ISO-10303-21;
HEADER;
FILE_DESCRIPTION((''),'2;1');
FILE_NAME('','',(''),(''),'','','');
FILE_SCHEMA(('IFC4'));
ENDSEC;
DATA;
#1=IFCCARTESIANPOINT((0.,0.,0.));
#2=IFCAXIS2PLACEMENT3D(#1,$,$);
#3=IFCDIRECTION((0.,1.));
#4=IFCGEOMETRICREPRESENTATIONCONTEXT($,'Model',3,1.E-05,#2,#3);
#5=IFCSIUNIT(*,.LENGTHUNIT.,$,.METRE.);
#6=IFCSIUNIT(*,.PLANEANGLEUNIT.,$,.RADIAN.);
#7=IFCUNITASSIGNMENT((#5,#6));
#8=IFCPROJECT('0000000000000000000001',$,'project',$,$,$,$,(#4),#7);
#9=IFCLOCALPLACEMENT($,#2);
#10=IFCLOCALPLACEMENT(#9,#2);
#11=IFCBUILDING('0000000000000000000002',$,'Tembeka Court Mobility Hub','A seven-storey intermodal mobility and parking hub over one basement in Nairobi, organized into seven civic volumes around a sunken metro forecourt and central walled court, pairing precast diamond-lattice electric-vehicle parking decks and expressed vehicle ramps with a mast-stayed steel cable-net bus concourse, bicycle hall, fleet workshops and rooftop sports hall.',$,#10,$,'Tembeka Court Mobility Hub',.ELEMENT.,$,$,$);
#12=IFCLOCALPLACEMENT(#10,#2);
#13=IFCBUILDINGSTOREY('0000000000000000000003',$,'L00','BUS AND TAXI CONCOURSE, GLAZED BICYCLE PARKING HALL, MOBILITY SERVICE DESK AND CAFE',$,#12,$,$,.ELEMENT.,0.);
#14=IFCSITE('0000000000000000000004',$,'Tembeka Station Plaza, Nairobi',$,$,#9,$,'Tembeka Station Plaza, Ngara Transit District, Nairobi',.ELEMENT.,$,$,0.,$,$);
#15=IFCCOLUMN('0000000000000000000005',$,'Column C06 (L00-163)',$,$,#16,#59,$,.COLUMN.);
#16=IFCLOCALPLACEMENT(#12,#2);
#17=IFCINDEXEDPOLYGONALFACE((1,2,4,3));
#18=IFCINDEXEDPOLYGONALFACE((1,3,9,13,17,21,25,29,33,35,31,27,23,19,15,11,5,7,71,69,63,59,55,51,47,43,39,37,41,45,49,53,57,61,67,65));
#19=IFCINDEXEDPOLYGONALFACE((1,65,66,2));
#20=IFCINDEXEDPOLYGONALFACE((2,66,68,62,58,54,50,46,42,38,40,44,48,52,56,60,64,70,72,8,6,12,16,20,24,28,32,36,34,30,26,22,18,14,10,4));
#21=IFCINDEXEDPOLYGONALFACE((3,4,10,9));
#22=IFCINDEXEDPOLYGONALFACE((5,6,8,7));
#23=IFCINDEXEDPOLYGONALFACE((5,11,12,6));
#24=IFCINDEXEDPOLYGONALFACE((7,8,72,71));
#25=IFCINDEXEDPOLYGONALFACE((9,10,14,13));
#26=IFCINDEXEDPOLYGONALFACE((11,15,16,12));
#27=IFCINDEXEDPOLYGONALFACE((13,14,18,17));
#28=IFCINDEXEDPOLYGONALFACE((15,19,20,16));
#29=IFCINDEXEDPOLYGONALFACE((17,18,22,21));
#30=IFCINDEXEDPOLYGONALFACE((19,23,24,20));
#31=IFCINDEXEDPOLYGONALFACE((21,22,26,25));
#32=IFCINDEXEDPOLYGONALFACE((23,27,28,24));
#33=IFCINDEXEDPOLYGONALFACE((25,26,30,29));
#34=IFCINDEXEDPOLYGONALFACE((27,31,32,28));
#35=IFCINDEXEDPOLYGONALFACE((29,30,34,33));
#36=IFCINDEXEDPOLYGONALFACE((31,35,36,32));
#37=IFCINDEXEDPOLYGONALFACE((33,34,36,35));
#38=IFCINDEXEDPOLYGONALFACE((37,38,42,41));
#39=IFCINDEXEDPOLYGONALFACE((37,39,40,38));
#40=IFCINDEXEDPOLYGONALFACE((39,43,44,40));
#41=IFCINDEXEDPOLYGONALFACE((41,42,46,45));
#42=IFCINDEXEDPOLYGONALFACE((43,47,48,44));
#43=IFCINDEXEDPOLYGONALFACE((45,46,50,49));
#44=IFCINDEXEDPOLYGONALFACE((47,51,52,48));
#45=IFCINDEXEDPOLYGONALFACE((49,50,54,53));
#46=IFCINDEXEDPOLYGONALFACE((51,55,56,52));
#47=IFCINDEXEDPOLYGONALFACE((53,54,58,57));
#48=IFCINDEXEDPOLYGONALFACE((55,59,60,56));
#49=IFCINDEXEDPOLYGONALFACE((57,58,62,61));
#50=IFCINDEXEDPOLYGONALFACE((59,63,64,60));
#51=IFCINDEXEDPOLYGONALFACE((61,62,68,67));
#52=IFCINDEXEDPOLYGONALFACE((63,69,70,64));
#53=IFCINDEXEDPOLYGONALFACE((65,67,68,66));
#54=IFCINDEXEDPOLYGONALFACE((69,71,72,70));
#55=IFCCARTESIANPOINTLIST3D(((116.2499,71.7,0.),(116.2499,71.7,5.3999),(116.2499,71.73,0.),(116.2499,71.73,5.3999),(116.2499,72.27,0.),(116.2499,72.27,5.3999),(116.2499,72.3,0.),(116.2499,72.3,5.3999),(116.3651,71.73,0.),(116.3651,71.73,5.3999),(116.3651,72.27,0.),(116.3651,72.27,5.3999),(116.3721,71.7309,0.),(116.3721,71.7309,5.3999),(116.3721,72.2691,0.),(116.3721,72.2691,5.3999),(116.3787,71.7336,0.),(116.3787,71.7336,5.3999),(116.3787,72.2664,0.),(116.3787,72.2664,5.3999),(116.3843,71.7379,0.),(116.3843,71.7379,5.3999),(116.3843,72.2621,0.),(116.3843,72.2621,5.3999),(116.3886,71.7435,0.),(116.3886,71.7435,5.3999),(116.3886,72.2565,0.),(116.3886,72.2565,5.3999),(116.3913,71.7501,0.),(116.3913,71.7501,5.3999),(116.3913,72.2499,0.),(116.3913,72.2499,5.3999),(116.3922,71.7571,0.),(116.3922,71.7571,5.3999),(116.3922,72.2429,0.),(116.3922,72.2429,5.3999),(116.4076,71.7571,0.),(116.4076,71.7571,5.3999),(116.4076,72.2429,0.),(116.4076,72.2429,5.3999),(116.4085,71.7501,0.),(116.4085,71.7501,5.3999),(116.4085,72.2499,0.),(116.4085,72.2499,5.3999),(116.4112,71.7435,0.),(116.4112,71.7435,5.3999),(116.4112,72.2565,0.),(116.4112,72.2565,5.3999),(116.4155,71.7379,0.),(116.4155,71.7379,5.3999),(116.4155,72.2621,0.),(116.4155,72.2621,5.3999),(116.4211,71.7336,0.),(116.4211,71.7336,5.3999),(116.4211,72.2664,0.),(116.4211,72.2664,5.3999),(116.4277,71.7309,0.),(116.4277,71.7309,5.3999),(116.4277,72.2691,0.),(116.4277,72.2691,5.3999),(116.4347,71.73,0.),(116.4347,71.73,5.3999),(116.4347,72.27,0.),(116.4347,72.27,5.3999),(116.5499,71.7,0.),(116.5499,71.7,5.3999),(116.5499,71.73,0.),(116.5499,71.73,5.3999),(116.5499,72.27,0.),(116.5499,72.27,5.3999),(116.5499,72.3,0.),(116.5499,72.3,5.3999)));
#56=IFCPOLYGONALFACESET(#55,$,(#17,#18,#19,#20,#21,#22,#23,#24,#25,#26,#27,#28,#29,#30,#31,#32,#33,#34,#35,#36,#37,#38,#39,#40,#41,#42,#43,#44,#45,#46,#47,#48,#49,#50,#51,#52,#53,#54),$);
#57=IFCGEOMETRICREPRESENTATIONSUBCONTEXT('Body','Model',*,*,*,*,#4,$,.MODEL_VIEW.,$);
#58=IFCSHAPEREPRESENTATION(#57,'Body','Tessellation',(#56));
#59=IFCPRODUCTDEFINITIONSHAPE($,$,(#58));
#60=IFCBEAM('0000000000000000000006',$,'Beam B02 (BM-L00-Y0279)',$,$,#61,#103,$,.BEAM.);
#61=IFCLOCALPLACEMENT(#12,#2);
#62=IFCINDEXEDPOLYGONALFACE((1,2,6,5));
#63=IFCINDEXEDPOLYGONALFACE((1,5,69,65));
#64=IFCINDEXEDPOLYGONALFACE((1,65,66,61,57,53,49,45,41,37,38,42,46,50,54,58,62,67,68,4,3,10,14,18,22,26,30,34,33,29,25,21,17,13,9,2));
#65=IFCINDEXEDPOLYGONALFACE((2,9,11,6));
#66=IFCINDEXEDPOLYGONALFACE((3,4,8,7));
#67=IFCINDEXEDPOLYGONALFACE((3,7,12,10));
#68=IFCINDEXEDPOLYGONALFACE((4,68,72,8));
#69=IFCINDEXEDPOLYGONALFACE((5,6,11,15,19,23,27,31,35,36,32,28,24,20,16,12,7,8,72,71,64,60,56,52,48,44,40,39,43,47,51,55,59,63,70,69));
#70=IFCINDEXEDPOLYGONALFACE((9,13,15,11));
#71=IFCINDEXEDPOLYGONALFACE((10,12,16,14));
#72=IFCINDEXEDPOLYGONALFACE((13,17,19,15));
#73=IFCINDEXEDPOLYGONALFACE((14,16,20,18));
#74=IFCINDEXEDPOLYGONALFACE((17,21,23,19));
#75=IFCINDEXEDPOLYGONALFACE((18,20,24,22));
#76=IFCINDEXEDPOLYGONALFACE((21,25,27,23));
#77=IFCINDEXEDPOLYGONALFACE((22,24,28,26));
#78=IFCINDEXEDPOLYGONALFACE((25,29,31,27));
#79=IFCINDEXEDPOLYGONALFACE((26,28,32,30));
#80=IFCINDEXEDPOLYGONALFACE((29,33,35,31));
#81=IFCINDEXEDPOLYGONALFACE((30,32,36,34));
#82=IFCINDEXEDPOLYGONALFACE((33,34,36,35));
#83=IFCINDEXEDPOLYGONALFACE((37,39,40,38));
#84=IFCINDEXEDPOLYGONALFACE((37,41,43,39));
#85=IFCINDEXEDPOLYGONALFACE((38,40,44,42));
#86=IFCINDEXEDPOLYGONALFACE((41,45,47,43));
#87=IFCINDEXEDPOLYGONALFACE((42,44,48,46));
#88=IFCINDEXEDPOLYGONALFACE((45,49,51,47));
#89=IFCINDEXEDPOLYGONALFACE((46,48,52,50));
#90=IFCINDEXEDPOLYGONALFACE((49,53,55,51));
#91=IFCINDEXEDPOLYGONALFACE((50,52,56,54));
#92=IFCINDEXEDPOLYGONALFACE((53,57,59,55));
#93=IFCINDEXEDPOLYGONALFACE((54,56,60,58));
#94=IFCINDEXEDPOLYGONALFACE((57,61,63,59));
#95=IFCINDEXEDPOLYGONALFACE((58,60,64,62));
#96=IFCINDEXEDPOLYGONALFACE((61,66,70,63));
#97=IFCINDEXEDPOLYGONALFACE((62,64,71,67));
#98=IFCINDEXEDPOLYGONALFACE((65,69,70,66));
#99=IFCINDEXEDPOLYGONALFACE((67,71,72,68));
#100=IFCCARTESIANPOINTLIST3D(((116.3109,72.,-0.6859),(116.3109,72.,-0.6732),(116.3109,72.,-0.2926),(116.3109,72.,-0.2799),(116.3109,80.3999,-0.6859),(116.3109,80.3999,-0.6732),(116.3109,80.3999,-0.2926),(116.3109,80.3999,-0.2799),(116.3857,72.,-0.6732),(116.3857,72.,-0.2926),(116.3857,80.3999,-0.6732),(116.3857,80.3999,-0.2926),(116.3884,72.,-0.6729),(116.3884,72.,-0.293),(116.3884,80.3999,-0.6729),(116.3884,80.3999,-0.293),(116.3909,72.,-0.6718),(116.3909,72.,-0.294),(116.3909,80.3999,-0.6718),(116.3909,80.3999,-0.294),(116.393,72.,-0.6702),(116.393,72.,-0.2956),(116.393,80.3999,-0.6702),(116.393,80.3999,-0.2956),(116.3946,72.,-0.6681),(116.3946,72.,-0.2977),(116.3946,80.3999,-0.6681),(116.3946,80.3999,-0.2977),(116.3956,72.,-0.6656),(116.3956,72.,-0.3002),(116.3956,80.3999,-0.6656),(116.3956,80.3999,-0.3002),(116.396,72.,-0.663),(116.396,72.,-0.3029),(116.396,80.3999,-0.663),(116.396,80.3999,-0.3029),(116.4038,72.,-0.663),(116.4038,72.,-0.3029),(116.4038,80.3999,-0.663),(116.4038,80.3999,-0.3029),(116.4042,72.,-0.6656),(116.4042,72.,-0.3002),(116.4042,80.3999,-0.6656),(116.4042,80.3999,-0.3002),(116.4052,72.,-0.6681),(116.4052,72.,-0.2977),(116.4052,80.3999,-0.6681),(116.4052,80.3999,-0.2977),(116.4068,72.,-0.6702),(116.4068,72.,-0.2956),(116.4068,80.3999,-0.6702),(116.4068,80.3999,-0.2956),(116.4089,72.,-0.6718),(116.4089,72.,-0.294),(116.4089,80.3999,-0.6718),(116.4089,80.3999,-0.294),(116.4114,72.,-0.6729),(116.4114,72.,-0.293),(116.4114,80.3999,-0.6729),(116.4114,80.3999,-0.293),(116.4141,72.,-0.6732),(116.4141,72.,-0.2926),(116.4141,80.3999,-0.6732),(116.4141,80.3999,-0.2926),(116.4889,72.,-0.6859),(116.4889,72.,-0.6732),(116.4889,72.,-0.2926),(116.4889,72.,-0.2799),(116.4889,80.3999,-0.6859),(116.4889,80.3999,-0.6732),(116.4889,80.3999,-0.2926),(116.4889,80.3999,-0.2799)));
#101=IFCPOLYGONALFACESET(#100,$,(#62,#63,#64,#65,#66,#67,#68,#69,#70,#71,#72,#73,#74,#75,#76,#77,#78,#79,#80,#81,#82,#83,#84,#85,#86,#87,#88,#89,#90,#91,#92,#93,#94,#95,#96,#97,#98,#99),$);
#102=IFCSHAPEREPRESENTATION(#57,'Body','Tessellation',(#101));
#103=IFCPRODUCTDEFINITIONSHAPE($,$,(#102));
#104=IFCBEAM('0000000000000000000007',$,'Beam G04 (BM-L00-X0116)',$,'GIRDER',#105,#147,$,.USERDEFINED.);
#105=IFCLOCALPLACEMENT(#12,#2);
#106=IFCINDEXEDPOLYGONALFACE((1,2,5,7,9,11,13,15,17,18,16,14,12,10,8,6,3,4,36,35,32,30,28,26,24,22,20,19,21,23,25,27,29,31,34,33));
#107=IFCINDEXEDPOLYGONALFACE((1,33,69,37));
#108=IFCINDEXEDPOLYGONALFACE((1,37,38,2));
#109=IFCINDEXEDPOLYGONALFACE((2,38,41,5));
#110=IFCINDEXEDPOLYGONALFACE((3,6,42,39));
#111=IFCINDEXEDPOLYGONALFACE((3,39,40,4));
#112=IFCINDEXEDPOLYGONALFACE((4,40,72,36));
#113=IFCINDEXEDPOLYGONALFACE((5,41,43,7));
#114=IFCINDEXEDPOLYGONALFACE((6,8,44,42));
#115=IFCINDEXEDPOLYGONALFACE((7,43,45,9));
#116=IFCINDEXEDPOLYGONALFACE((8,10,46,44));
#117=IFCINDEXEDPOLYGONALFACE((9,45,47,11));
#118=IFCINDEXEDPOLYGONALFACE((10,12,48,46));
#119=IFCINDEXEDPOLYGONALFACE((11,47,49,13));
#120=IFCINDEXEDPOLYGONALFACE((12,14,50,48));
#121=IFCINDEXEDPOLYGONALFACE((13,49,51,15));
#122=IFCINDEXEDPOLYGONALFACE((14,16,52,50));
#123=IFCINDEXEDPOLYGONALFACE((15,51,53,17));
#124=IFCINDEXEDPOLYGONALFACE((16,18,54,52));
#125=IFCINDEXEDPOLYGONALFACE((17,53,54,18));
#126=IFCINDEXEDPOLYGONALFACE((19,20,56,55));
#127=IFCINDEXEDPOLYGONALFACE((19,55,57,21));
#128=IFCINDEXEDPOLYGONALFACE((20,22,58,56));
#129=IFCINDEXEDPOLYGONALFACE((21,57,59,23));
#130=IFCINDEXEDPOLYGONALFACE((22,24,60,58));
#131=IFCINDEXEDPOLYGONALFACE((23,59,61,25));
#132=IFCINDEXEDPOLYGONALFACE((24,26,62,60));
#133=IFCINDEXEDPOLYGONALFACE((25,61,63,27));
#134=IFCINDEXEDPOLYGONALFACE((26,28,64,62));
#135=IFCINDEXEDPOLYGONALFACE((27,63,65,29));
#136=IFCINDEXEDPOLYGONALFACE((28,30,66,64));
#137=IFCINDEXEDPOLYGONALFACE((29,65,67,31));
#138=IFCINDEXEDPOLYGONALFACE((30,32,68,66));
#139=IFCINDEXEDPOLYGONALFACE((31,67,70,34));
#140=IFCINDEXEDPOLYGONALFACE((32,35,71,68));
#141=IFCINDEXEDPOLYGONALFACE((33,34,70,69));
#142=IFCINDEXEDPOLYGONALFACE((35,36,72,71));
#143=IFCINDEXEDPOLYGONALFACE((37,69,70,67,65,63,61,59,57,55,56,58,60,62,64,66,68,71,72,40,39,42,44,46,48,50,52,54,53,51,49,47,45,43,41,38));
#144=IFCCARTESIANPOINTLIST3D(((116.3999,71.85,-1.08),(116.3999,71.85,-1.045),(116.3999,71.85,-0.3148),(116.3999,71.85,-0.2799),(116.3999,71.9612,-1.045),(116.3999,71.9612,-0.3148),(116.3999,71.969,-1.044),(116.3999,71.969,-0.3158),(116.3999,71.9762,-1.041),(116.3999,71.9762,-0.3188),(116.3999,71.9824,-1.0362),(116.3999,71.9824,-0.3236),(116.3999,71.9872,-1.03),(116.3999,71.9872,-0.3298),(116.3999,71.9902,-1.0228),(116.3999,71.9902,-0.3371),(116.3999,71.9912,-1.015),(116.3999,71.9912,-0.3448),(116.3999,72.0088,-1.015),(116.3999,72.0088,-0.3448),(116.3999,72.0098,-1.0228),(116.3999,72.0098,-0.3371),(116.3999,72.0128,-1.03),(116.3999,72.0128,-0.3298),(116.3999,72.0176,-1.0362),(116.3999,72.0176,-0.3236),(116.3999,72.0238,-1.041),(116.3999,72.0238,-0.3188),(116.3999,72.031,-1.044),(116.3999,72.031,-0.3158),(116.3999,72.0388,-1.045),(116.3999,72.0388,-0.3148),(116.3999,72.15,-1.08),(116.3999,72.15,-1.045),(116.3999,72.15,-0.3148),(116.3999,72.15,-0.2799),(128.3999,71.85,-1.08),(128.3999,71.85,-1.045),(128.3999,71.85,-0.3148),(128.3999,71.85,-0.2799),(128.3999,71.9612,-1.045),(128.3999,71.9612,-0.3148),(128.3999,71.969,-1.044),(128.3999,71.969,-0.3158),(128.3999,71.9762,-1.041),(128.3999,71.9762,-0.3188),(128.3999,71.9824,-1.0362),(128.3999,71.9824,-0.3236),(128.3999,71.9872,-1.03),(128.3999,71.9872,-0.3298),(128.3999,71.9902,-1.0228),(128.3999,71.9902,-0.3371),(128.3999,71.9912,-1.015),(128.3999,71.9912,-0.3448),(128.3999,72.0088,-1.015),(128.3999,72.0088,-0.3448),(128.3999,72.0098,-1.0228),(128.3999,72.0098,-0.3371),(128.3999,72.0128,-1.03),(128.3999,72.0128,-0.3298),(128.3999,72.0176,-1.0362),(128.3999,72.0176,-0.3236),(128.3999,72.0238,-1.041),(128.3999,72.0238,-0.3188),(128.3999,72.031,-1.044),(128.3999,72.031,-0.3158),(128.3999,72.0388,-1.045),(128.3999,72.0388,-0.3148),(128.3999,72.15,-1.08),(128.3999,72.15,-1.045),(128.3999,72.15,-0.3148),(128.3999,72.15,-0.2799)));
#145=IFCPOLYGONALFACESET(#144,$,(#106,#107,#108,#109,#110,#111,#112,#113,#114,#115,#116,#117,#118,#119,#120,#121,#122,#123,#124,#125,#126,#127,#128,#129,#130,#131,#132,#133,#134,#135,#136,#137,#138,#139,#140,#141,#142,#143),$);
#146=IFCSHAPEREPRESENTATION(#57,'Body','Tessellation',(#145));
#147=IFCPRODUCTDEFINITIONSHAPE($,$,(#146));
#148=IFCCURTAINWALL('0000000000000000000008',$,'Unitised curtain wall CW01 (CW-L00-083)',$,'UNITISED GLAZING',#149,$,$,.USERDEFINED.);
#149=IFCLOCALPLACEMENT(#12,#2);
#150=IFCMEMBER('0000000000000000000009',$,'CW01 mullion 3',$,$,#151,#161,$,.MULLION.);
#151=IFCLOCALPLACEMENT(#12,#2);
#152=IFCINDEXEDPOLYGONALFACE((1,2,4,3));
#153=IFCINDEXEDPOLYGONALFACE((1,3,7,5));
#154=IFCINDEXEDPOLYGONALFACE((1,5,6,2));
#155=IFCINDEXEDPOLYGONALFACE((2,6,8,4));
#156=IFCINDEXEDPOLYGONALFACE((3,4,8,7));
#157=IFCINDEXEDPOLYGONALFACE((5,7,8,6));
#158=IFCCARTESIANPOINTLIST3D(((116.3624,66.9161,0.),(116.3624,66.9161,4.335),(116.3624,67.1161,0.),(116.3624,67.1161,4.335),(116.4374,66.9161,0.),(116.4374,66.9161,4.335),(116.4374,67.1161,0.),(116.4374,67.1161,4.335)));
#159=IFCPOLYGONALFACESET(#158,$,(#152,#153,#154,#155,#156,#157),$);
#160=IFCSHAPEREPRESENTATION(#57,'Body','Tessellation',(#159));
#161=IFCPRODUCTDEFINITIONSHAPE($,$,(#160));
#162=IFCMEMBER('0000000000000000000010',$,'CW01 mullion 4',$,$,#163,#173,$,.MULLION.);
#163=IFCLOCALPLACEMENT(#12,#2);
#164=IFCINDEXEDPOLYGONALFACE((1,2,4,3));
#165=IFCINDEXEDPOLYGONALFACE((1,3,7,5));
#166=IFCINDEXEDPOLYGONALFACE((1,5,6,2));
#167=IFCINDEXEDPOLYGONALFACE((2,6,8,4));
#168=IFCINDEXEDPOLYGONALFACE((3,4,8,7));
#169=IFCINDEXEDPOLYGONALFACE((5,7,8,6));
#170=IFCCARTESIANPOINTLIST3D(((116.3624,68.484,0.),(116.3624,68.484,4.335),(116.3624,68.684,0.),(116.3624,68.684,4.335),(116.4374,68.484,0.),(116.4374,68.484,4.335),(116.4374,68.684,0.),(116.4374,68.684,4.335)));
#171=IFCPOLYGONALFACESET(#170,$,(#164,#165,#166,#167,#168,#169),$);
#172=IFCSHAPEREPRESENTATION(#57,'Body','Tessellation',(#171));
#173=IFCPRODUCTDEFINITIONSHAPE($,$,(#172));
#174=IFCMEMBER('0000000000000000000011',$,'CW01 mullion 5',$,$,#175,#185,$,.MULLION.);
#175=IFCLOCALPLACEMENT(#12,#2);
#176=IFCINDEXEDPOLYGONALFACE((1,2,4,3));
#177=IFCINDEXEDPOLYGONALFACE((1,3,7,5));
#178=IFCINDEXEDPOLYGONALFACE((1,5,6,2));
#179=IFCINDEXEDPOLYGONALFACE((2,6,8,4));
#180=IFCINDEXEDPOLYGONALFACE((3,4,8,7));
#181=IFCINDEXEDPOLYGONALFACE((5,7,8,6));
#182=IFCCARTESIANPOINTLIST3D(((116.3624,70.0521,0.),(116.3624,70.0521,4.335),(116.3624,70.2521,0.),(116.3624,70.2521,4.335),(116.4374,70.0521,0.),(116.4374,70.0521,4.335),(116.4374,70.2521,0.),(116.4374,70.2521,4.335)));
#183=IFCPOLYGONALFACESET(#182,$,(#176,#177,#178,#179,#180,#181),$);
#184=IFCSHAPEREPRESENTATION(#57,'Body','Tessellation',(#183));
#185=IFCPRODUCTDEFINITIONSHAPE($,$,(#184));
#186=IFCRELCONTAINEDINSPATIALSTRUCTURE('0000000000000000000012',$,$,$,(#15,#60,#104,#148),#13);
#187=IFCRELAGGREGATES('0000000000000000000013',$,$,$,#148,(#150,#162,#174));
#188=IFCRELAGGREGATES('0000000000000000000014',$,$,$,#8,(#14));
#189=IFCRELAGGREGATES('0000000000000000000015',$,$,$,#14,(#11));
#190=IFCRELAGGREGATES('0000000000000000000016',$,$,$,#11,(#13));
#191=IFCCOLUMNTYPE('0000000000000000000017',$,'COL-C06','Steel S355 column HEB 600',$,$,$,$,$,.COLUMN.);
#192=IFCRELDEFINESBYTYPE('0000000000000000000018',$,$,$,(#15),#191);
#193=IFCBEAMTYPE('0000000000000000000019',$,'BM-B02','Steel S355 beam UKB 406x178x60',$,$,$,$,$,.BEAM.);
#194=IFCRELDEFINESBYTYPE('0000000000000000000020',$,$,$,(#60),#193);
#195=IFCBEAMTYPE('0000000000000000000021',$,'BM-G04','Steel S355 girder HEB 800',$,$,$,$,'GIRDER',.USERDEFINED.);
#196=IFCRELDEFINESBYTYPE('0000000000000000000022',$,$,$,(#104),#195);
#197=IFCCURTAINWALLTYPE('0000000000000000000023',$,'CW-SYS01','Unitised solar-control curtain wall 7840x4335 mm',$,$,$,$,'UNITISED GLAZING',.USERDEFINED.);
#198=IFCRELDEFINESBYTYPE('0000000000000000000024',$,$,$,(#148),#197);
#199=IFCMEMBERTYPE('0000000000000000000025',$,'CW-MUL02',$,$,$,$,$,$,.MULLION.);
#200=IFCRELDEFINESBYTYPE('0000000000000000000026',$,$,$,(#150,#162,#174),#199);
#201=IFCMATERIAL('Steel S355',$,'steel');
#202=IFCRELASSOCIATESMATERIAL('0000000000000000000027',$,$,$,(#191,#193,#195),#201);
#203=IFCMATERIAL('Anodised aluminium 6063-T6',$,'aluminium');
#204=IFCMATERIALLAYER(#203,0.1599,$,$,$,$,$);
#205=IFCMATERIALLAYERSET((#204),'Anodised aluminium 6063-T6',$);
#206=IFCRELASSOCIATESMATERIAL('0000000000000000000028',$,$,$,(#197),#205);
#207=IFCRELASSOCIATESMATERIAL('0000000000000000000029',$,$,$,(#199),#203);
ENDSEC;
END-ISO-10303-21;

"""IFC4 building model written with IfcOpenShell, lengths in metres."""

from ifc_helpers import new_model, si_unit, direction, frame, origin, origin_2d, place, context, subcontext, project, spatial, rectangle, i_section, extrude, material, layer, layer_set, material_profile, profile_set, type_object, element, aggregate, save


model = new_model("IFC4")

# Units and contexts
model_context = context("Model", 3, precision=1e-05, world=origin(), true_north=direction((0.0, 1.0)))
body_context = subcontext(model_context, "Body", "Model", "MODEL_VIEW")
ifc_project = project(units=[si_unit("LENGTHUNIT", "METRE"), si_unit("PLANEANGLEUNIT", "RADIAN")], contexts=[model_context])

# Site, building, storey
site_placement = place(None, origin())
site = spatial("IfcSite", under=ifc_project, at=site_placement, Name="Tembeka Station Plaza, Nairobi", LongName="Tembeka Station Plaza, Ngara Transit District, Nairobi", CompositionType="ELEMENT", RefElevation=0.0)
building_placement = place(site_placement, origin())
building = spatial("IfcBuilding", under=site, at=building_placement, Name="Tembeka Court Mobility Hub", Description="A seven-storey intermodal mobility and parking hub over one basement in Nairobi, organized into seven civic volumes around a sunken metro forecourt and central walled court, pairing precast diamond-lattice electric-vehicle parking decks and expressed vehicle ramps with a mast-stayed steel cable-net bus concourse, bicycle hall, fleet workshops and rooftop sports hall.", LongName="Tembeka Court Mobility Hub", CompositionType="ELEMENT")
storey_placement = place(building_placement, origin())
storey = spatial("IfcBuildingStorey", under=building, at=storey_placement, Name="L00", Description="BUS AND TAXI CONCOURSE, GLAZED BICYCLE PARKING HALL, MOBILITY SERVICE DESK AND CAFE", CompositionType="ELEMENT", Elevation=0.0)

# Column
ifc_material_1 = material(Name="Steel S355", Category="steel")
ifc_material_profile_1 = material_profile(ifc_material_1, i_section(OverallWidth=0.3, OverallDepth=0.6001, WebThickness=0.0154, FlangeThickness=0.03, FilletRadius=0.0271, at=origin_2d()), Name="HEB 600")
ifc_profile_set_1 = profile_set([ifc_material_profile_1], Name="Steel S355")
column_type = type_object("IfcColumnType", Name="COL-C06", Description="Steel S355 column HEB 600", PredefinedType="COLUMN", material=ifc_profile_set_1)
column_placement = place(storey_placement, frame((116.3999, 72.0, 0.0), z_axis=(0.0, 0.0, 1.0), x_axis=(1.0, 0.0, 0.0)))
element("IfcColumn", 1, at=column_placement, inside=storey, type_object=column_type, Name="Column C06 (L00-163)", PredefinedType="COLUMN", context=body_context, shape_type="SweptSolid", body=[
    extrude(i_section(OverallWidth=0.3, OverallDepth=0.6001, WebThickness=0.0154, FlangeThickness=0.03, FilletRadius=0.0271, at=origin_2d()), origin(), (0.0, 0.0, 1.0), 5.3999),
])

# Beams
ifc_material_profile_2 = material_profile(ifc_material_1, i_section(OverallWidth=0.178, OverallDepth=0.406, WebThickness=0.0078, FlangeThickness=0.0127, FilletRadius=0.0103, at=origin_2d()), Name="UKB 406x178x60")
ifc_profile_set_2 = profile_set([ifc_material_profile_2], Name="Steel S355")
beam_type_1 = type_object("IfcBeamType", Name="BM-B02", Description="Steel S355 beam UKB 406x178x60", PredefinedType="BEAM", material=ifc_profile_set_2)
beam_1_placement = place(storey_placement, frame((116.3999, 72.0, -0.4829), z_axis=(0.0, 1.0, 0.0), x_axis=(-1.0, 0.0, 0.0)))
element("IfcBeam", 2, at=beam_1_placement, inside=storey, type_object=beam_type_1, Name="Beam B02 (BM-L00-Y0279)", PredefinedType="BEAM", context=body_context, shape_type="SweptSolid", body=[
    extrude(i_section(OverallWidth=0.178, OverallDepth=0.406, WebThickness=0.0078, FlangeThickness=0.0127, FilletRadius=0.0103, at=origin_2d()), origin(), (0.0, 0.0, 1.0), 8.3999),
])
ifc_material_profile_3 = material_profile(ifc_material_1, i_section(OverallWidth=0.3, OverallDepth=0.8, WebThickness=0.0176, FlangeThickness=0.0349, FilletRadius=0.03, at=origin_2d()), Name="HEB 800")
ifc_profile_set_3 = profile_set([ifc_material_profile_3], Name="Steel S355")
beam_type_2 = type_object("IfcBeamType", Name="BM-G04", Description="Steel S355 girder HEB 800", ElementType="GIRDER", PredefinedType="USERDEFINED", material=ifc_profile_set_3)
beam_2_placement = place(storey_placement, frame((116.3999, 72.0, -0.6799), z_axis=(1.0, 0.0, 0.0), x_axis=(0.0, 1.0, 0.0)))
element("IfcBeam", 3, at=beam_2_placement, inside=storey, type_object=beam_type_2, Name="Beam G04 (BM-L00-X0116)", ObjectType="GIRDER", PredefinedType="USERDEFINED", context=body_context, shape_type="SweptSolid", body=[
    extrude(i_section(OverallWidth=0.3, OverallDepth=0.8, WebThickness=0.0176, FlangeThickness=0.0349, FilletRadius=0.03, at=origin_2d()), origin(), (0.0, 0.0, 1.0), 12.0),
])

# Curtain wall, members
ifc_material_2 = material(Name="Anodised aluminium 6063-T6", Category="aluminium")
ifc_layer_1 = layer(ifc_material_2, 0.1599)
ifc_layer_set_1 = layer_set([ifc_layer_1], Name="Anodised aluminium 6063-T6")
curtain_wall_type = type_object("IfcCurtainWallType", Name="CW-SYS01", Description="Unitised solar-control curtain wall 7840x4335 mm", ElementType="UNITISED GLAZING", PredefinedType="USERDEFINED", material=ifc_layer_set_1)
curtain_wall_placement = place(storey_placement, origin())
curtain_wall = element("IfcCurtainWall", 4, at=curtain_wall_placement, inside=storey, type_object=curtain_wall_type, Name="Unitised curtain wall CW01 (CW-L00-083)", ObjectType="UNITISED GLAZING", PredefinedType="USERDEFINED")
ifc_material_profile_4 = material_profile(ifc_material_2, rectangle(XDim=0.075, YDim=0.2, at=origin_2d()), Name="ALU-MUL 75x200")
ifc_profile_set_4 = profile_set([ifc_material_profile_4], Name="Anodised aluminium 6063-T6")
member_type_1 = type_object("IfcMemberType", Name="CW-MUL02", PredefinedType="MULLION", material=ifc_profile_set_4)
member_1_placement = place(storey_placement, frame((116.3999, 67.0161, 0.0), z_axis=(0.0, 0.0, 1.0), x_axis=(-1.0, 0.0, 0.0)))
member_1 = element("IfcMember", 5, at=member_1_placement, type_object=member_type_1, Name="CW01 mullion 3", PredefinedType="MULLION", context=body_context, shape_type="SweptSolid", body=[
    extrude(rectangle(XDim=0.075, YDim=0.2, at=origin_2d()), origin(), (0.0, 0.0, 1.0), 4.335),
])
member_2_placement = place(storey_placement, frame((116.3999, 68.584, 0.0), z_axis=(0.0, 0.0, 1.0), x_axis=(-1.0, 0.0, 0.0)))
member_2 = element("IfcMember", 6, at=member_2_placement, type_object=member_type_1, Name="CW01 mullion 4", PredefinedType="MULLION", context=body_context, shape_type="SweptSolid", body=[
    extrude(rectangle(XDim=0.075, YDim=0.2, at=origin_2d()), origin(), (0.0, 0.0, 1.0), 4.335),
])
member_3_placement = place(storey_placement, frame((116.3999, 70.1521, 0.0), z_axis=(0.0, 0.0, 1.0), x_axis=(-1.0, 0.0, 0.0)))
member_3 = element("IfcMember", 7, at=member_3_placement, type_object=member_type_1, Name="CW01 mullion 5", PredefinedType="MULLION", context=body_context, shape_type="SweptSolid", body=[
    extrude(rectangle(XDim=0.075, YDim=0.2, at=origin_2d()), origin(), (0.0, 0.0, 1.0), 4.335),
])
aggregate(curtain_wall, [member_1, member_2, member_3])

save(model, "model.ifc")
